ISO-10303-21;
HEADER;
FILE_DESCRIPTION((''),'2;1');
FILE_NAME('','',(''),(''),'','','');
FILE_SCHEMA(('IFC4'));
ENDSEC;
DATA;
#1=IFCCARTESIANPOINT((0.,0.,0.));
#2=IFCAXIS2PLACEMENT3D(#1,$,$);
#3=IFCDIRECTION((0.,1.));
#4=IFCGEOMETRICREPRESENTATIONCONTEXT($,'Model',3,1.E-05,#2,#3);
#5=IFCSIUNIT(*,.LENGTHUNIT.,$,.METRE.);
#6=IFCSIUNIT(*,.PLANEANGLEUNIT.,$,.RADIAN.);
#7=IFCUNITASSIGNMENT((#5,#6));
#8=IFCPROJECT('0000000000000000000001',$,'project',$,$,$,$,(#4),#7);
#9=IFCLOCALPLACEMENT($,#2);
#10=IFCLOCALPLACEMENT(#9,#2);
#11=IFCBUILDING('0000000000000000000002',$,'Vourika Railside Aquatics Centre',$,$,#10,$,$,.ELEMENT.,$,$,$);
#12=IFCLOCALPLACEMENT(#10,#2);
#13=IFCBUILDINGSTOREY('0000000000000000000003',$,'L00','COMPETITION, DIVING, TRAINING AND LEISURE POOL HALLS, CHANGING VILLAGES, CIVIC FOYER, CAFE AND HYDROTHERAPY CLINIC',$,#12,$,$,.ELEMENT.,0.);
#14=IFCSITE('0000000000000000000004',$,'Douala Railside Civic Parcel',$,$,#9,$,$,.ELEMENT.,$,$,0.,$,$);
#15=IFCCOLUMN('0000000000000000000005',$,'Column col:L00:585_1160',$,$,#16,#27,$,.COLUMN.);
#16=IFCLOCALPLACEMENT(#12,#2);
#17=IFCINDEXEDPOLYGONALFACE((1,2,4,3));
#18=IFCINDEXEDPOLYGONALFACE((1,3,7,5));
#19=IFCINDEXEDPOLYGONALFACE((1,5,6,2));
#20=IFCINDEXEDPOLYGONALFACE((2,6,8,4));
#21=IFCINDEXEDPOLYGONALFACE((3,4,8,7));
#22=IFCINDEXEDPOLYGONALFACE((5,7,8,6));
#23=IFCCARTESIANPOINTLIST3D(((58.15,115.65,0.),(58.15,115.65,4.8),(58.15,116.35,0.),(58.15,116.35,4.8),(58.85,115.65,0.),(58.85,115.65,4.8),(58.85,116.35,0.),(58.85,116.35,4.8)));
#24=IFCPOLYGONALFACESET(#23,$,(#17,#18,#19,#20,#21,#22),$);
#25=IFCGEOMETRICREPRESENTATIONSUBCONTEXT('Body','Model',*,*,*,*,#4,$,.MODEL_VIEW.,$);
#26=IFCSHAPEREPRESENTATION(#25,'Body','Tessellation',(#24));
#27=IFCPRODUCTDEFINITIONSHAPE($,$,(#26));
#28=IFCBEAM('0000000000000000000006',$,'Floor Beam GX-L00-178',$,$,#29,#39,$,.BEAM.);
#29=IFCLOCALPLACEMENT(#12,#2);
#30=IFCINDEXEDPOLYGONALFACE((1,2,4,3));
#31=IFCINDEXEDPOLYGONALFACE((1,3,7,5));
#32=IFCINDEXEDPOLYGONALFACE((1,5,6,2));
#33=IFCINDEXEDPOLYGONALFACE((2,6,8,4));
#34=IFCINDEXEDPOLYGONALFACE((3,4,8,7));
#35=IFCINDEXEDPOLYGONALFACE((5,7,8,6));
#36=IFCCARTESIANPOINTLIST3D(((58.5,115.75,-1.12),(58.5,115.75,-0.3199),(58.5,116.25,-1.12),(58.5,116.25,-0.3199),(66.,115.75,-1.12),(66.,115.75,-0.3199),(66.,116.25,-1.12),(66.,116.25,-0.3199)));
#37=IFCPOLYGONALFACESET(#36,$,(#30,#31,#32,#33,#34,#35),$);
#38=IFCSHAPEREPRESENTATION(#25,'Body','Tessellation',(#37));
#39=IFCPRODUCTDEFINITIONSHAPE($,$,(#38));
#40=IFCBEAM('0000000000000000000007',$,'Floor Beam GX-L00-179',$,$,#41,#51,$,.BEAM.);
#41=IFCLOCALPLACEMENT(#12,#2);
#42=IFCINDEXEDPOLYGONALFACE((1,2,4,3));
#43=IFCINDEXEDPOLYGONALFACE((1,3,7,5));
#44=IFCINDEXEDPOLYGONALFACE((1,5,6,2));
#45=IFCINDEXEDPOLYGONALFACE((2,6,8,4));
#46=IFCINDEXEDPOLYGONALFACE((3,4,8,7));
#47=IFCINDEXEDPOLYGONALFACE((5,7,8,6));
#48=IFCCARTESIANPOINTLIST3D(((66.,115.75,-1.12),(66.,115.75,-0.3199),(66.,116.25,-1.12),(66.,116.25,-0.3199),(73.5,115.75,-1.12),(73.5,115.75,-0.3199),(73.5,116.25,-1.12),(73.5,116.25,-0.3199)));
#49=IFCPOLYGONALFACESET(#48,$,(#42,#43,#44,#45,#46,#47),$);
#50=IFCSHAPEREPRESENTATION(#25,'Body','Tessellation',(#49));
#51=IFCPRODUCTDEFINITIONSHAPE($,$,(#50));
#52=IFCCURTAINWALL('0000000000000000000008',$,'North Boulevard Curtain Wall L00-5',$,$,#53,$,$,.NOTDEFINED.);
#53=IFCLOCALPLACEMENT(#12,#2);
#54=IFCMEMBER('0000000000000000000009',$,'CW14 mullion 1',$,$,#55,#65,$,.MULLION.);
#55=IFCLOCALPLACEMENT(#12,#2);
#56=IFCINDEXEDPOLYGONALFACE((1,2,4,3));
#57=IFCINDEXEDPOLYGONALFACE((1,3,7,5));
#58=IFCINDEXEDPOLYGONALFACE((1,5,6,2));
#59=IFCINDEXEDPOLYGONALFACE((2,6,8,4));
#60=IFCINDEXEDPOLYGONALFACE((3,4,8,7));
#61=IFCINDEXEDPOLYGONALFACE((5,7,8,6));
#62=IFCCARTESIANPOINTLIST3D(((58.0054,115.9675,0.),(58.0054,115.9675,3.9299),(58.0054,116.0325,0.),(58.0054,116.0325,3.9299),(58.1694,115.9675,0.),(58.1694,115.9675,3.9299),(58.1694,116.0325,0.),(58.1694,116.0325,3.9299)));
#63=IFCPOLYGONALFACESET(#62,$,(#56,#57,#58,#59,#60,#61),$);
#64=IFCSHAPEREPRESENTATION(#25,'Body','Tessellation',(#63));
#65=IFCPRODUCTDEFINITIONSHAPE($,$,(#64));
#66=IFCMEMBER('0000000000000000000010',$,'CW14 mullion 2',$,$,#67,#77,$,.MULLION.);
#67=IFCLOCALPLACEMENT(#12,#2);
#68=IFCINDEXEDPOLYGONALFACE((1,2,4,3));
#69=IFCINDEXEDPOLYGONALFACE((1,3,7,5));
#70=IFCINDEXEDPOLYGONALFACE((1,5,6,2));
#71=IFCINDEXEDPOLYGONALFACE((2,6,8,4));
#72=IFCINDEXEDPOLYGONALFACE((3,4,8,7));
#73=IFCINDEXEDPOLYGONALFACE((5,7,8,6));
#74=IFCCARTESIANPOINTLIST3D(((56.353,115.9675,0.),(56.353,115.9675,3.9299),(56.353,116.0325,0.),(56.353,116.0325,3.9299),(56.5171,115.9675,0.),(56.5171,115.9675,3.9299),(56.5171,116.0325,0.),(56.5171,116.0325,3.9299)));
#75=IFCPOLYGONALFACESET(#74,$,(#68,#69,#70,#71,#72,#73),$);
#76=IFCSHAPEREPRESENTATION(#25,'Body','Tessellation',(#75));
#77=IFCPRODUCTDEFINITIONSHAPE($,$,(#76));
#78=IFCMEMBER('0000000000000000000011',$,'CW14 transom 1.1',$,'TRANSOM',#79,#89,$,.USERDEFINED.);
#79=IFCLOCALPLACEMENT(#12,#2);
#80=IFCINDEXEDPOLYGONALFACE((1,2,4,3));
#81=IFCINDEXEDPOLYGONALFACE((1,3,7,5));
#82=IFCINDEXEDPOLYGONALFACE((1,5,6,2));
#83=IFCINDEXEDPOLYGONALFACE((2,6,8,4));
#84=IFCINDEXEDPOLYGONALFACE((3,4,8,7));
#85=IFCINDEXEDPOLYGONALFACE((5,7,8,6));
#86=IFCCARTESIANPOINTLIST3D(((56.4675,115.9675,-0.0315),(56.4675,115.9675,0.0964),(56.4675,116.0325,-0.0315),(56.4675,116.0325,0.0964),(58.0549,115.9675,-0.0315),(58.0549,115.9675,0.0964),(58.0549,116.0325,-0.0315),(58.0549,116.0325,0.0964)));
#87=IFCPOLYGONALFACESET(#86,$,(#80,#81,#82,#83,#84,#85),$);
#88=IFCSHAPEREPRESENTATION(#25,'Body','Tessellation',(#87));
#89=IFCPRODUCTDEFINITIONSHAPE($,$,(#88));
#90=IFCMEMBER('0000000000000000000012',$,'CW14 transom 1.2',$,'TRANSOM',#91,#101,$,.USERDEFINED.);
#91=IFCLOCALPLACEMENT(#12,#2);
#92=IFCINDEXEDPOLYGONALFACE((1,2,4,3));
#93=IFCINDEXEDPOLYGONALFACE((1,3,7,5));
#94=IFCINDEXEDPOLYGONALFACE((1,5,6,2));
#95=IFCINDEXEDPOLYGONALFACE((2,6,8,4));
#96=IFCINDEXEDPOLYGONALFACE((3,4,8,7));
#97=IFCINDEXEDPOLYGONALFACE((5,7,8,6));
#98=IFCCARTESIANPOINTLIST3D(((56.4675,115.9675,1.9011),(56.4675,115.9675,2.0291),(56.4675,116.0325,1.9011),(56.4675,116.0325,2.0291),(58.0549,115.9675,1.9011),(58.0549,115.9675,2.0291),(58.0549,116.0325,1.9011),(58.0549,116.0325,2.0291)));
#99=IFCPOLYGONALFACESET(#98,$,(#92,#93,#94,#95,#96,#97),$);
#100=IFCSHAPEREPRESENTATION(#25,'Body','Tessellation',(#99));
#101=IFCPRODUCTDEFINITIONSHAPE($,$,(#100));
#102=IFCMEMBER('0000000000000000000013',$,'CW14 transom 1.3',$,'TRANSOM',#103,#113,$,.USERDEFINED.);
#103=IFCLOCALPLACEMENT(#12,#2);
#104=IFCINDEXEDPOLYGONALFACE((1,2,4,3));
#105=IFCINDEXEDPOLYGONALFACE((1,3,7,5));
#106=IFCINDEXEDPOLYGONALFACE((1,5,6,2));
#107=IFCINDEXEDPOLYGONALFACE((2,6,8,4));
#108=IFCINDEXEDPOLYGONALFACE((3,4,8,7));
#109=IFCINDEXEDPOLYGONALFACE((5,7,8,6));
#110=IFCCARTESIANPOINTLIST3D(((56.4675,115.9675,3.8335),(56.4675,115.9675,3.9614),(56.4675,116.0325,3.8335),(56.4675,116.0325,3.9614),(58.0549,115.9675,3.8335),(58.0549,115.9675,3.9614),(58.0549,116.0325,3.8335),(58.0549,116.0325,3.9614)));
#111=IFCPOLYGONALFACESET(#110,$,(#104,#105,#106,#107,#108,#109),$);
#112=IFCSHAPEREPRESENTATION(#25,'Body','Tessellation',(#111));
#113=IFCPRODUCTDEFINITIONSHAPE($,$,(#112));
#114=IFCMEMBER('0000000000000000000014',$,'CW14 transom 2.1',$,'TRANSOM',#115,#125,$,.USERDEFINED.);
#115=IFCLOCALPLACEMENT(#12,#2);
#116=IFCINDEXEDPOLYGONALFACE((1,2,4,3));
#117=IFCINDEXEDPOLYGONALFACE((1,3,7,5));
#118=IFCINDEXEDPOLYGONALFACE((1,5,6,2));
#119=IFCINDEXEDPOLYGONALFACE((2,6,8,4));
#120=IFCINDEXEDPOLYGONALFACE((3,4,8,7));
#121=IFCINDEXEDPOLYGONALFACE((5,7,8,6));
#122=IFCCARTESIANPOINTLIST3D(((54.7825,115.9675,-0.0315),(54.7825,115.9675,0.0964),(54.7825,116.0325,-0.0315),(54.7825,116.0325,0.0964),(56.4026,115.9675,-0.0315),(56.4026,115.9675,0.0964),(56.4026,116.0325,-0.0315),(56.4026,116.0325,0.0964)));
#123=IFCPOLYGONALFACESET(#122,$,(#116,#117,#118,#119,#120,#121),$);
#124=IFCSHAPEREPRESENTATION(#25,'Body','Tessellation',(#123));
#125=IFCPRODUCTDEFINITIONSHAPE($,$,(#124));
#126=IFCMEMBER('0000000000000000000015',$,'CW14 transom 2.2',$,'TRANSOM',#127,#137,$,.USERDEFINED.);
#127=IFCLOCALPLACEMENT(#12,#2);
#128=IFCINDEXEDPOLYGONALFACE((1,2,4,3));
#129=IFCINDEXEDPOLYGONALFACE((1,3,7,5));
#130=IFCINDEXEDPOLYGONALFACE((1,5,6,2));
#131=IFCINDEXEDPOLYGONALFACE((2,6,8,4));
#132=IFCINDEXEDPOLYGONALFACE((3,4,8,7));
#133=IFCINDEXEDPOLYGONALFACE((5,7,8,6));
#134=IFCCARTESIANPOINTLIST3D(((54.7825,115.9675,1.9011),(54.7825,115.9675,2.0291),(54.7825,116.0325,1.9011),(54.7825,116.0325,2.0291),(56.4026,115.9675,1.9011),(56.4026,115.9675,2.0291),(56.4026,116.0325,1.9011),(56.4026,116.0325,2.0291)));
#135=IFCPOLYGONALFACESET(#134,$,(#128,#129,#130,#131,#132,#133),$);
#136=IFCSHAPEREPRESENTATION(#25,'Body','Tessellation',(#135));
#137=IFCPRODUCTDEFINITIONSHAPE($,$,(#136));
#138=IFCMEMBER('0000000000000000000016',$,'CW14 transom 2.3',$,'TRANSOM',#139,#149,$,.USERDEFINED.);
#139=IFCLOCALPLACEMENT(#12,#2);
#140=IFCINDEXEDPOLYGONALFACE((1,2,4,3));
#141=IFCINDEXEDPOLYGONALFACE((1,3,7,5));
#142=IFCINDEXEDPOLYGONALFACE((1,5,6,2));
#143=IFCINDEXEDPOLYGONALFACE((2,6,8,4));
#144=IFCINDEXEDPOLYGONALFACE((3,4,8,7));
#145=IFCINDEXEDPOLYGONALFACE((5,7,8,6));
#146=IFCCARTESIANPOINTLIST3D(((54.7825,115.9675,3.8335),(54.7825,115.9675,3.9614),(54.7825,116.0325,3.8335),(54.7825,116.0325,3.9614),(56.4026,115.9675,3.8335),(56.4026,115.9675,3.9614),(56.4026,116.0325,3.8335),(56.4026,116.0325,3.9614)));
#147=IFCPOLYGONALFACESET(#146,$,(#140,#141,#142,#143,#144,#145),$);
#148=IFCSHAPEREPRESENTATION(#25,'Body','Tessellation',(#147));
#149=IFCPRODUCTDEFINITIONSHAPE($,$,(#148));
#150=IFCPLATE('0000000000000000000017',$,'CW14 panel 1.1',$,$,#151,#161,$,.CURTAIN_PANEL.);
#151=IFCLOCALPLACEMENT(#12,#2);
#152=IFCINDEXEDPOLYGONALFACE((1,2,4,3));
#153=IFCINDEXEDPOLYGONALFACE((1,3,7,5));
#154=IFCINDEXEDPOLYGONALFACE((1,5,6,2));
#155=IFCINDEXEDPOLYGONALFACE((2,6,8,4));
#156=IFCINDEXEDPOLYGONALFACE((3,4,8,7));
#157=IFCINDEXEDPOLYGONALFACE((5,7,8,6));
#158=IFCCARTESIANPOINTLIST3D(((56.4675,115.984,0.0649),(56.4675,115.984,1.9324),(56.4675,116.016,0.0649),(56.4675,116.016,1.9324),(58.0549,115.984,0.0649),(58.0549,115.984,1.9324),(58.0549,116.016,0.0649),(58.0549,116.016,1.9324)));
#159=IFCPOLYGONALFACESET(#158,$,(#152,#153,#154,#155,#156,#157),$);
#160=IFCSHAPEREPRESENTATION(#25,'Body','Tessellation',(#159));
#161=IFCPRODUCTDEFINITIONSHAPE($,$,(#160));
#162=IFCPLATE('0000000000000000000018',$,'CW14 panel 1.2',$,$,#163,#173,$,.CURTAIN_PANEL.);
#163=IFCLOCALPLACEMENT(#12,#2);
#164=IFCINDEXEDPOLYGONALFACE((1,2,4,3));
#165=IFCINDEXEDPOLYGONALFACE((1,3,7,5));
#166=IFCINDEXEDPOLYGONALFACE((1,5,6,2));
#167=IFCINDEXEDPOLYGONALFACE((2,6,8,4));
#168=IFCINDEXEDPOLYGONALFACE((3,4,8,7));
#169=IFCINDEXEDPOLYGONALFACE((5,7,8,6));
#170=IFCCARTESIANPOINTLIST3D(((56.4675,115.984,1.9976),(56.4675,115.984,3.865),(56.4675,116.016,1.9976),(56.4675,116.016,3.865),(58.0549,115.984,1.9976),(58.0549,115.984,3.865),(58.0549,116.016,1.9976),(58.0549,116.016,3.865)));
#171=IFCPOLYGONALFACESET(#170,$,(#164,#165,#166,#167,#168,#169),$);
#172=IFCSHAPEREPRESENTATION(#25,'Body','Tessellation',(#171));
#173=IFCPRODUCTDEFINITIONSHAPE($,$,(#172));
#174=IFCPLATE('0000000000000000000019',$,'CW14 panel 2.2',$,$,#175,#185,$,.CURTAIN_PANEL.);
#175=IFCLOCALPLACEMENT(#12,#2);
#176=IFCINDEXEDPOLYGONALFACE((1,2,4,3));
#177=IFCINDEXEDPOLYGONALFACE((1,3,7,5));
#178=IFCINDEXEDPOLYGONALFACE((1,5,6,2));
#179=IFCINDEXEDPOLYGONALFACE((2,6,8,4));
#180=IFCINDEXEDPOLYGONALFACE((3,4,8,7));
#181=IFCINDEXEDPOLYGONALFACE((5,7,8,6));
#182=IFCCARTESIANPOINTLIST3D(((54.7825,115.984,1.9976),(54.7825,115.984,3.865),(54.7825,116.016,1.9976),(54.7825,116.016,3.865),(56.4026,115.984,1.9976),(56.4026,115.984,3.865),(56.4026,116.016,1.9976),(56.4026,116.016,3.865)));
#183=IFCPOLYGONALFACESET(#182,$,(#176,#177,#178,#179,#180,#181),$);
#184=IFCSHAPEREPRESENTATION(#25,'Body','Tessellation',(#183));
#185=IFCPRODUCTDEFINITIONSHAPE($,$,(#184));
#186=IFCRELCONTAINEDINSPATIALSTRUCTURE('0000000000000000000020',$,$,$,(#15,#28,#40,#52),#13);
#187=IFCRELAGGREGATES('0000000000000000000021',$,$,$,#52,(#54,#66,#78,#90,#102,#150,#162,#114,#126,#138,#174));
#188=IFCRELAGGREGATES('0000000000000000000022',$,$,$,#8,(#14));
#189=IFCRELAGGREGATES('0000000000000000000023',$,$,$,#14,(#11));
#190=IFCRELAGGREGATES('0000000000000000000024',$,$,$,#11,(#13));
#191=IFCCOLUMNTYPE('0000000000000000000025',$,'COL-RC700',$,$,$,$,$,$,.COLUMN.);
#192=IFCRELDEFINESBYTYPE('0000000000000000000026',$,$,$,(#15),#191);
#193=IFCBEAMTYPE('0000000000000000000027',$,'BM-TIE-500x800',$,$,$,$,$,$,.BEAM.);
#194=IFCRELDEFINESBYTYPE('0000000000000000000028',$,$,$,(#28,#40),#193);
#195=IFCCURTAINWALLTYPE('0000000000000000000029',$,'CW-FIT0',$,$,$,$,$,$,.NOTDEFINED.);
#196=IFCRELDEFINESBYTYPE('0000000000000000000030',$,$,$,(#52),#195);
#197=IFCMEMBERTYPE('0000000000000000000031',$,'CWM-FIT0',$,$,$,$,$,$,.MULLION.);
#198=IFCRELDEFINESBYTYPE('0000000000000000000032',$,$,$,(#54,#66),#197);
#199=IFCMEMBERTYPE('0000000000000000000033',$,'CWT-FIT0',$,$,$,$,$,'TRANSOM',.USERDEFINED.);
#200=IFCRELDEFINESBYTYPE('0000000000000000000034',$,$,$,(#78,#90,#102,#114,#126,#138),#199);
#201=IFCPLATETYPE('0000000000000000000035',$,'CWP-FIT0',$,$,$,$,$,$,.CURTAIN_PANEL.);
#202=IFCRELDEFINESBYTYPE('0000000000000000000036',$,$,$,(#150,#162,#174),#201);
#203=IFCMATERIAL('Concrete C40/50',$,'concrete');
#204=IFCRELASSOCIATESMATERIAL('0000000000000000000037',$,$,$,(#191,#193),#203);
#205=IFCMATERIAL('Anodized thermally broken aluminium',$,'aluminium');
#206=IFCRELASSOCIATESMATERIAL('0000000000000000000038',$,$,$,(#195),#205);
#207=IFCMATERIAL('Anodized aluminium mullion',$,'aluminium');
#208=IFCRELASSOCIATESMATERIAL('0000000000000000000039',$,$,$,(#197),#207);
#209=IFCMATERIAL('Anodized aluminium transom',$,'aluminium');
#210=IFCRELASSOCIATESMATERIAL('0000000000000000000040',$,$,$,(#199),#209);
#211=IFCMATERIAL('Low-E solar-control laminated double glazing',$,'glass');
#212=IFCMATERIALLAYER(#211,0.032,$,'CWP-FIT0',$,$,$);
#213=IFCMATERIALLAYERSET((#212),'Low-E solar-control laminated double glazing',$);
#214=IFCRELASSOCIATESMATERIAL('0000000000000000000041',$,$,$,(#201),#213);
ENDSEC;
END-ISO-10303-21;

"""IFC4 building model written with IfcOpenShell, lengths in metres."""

from ifc_helpers import new_model, si_unit, direction, frame, origin, origin_2d, place, context, subcontext, project, spatial, rectangle, extrude, material, layer, layer_set, material_profile, profile_set, type_object, element, aggregate, save


model = new_model("IFC4")

# Units and contexts
model_context = context("Model", 3, precision=1e-05, world=origin(), true_north=direction((0.0, 1.0)))
body_context = subcontext(model_context, "Body", "Model", "MODEL_VIEW")
ifc_project = project(units=[si_unit("LENGTHUNIT", "METRE"), si_unit("PLANEANGLEUNIT", "RADIAN")], contexts=[model_context])

# Site, building, storey
site_placement = place(None, origin())
site = spatial("IfcSite", under=ifc_project, at=site_placement, Name="Douala Railside Civic Parcel", CompositionType="ELEMENT", RefElevation=0.0)
building_placement = place(site_placement, origin())
building = spatial("IfcBuilding", under=site, at=building_placement, Name="Vourika Railside Aquatics Centre", CompositionType="ELEMENT")
storey_placement = place(building_placement, origin())
storey = spatial("IfcBuildingStorey", under=building, at=storey_placement, Name="L00", Description="COMPETITION, DIVING, TRAINING AND LEISURE POOL HALLS, CHANGING VILLAGES, CIVIC FOYER, CAFE AND HYDROTHERAPY CLINIC", CompositionType="ELEMENT", Elevation=0.0)

# Column
ifc_material_1 = material(Name="Concrete C40/50", Category="concrete")
ifc_material_profile_1 = material_profile(ifc_material_1, rectangle(XDim=0.7, YDim=0.7, at=origin_2d()), Name="RC 700x700")
ifc_profile_set_1 = profile_set([ifc_material_profile_1], Name="Concrete C40/50")
column_type = type_object("IfcColumnType", Name="COL-RC700", PredefinedType="COLUMN", material=ifc_profile_set_1)
column_placement = place(storey_placement, frame((58.5, 116.0, 0.0), z_axis=(0.0, 0.0, 1.0), x_axis=(1.0, 0.0, 0.0)))
element("IfcColumn", 1, at=column_placement, inside=storey, type_object=column_type, Name="Column col:L00:585_1160", PredefinedType="COLUMN", context=body_context, shape_type="SweptSolid", body=[
    extrude(rectangle(XDim=0.7, YDim=0.7, at=origin_2d()), origin(), (0.0, 0.0, 1.0), 4.8),
])

# Beams
ifc_material_profile_2 = material_profile(ifc_material_1, rectangle(XDim=0.5, YDim=0.8, at=origin_2d()), Name="RC 500x800")
ifc_profile_set_2 = profile_set([ifc_material_profile_2], Name="Concrete C40/50")
beam_type = type_object("IfcBeamType", Name="BM-TIE-500x800", PredefinedType="BEAM", material=ifc_profile_set_2)
for number, where, z_axis, x_axis, name in (
    (2, (58.5, 116.0, -0.72), (1.0, 0.0, 0.0), (0.0, 1.0, 0.0), "Floor Beam GX-L00-178"),
    (3, (66.0, 116.0, -0.72), (1.0, 0.0, 0.0), (0.0, 1.0, 0.0), "Floor Beam GX-L00-179"),
):
    element("IfcBeam", number, at=place(storey_placement, frame(where, z_axis=z_axis, x_axis=x_axis)), inside=storey, type_object=beam_type, Name=name, PredefinedType="BEAM", context=body_context, shape_type="SweptSolid", body=[
        extrude(rectangle(XDim=0.5, YDim=0.8, at=origin_2d()), origin(), (0.0, 0.0, 1.0), 7.5),
    ])

# Curtain wall, members, plates
ifc_material_2 = material(Name="Anodized thermally broken aluminium", Category="aluminium")
curtain_wall_type = type_object("IfcCurtainWallType", Name="CW-FIT0", PredefinedType="NOTDEFINED", material=ifc_material_2)
curtain_wall_placement = place(storey_placement, origin())
curtain_wall = element("IfcCurtainWall", 4, at=curtain_wall_placement, inside=storey, type_object=curtain_wall_type, Name="North Boulevard Curtain Wall L00-5", PredefinedType="NOTDEFINED")
ifc_material_3 = material(Name="Anodized aluminium mullion", Category="aluminium")
ifc_material_profile_3 = material_profile(ifc_material_3, rectangle(XDim=0.0649, YDim=0.1641, at=origin_2d()), Name="ALU-M 65x164")
ifc_profile_set_3 = profile_set([ifc_material_profile_3], Name="Anodized aluminium mullion")
member_type_1 = type_object("IfcMemberType", Name="CWM-FIT0", PredefinedType="MULLION", material=ifc_profile_set_3)
member_1_placement = place(storey_placement, frame((58.0874, 116.0, 0.0), z_axis=(0.0, 0.0, 1.0), x_axis=(0.0, -1.0, 0.0)))
member_1 = element("IfcMember", 5, at=member_1_placement, type_object=member_type_1, Name="CW14 mullion 1", PredefinedType="MULLION", context=body_context, shape_type="SweptSolid", body=[
    extrude(rectangle(XDim=0.0649, YDim=0.1641, at=origin_2d()), origin(), (0.0, 0.0, 1.0), 3.9299),
])
member_2_placement = place(storey_placement, frame((56.4351, 116.0, 0.0), z_axis=(0.0, 0.0, 1.0), x_axis=(0.0, -1.0, 0.0)))
member_2 = element("IfcMember", 6, at=member_2_placement, type_object=member_type_1, Name="CW14 mullion 2", PredefinedType="MULLION", context=body_context, shape_type="SweptSolid", body=[
    extrude(rectangle(XDim=0.0649, YDim=0.1641, at=origin_2d()), origin(), (0.0, 0.0, 1.0), 3.9299),
])
ifc_material_4 = material(Name="Anodized aluminium transom", Category="aluminium")
ifc_material_profile_4 = material_profile(ifc_material_4, rectangle(XDim=0.0649, YDim=0.1279, at=origin_2d()), Name="ALU-T 65x128")
ifc_profile_set_4 = profile_set([ifc_material_profile_4], Name="Anodized aluminium transom")
member_type_2 = type_object("IfcMemberType", Name="CWT-FIT0", ElementType="TRANSOM", PredefinedType="USERDEFINED", material=ifc_profile_set_4)
member_3_placement = place(storey_placement, frame((58.0549, 116.0, 0.0325), z_axis=(-1.0, 0.0, 0.0), x_axis=(0.0, -1.0, 0.0)))
member_3 = element("IfcMember", 7, at=member_3_placement, type_object=member_type_2, Name="CW14 transom 1.1", ObjectType="TRANSOM", PredefinedType="USERDEFINED", context=body_context, shape_type="SweptSolid", body=[
    extrude(rectangle(XDim=0.0649, YDim=0.1279, at=origin_2d()), origin(), (0.0, 0.0, 1.0), 1.5874),
])
member_4_placement = place(storey_placement, frame((58.0549, 116.0, 1.9651), z_axis=(-1.0, 0.0, 0.0), x_axis=(0.0, -1.0, 0.0)))
member_4 = element("IfcMember", 8, at=member_4_placement, type_object=member_type_2, Name="CW14 transom 1.2", ObjectType="TRANSOM", PredefinedType="USERDEFINED", context=body_context, shape_type="SweptSolid", body=[
    extrude(rectangle(XDim=0.0649, YDim=0.1279, at=origin_2d()), origin(), (0.0, 0.0, 1.0), 1.5874),
])
member_5_placement = place(storey_placement, frame((58.0549, 116.0, 3.8975), z_axis=(-1.0, 0.0, 0.0), x_axis=(0.0, -1.0, 0.0)))
member_5 = element("IfcMember", 9, at=member_5_placement, type_object=member_type_2, Name="CW14 transom 1.3", ObjectType="TRANSOM", PredefinedType="USERDEFINED", context=body_context, shape_type="SweptSolid", body=[
    extrude(rectangle(XDim=0.0649, YDim=0.1279, at=origin_2d()), origin(), (0.0, 0.0, 1.0), 1.5874),
])
member_6_placement = place(storey_placement, frame((56.4026, 116.0, 0.0325), z_axis=(-1.0, 0.0, 0.0), x_axis=(0.0, -1.0, 0.0)))
member_6 = element("IfcMember", 10, at=member_6_placement, type_object=member_type_2, Name="CW14 transom 2.1", ObjectType="TRANSOM", PredefinedType="USERDEFINED", context=body_context, shape_type="SweptSolid", body=[
    extrude(rectangle(XDim=0.0649, YDim=0.1279, at=origin_2d()), origin(), (0.0, 0.0, 1.0), 1.6201),
])
member_7_placement = place(storey_placement, frame((56.4026, 116.0, 1.9651), z_axis=(-1.0, 0.0, 0.0), x_axis=(0.0, -1.0, 0.0)))
member_7 = element("IfcMember", 11, at=member_7_placement, type_object=member_type_2, Name="CW14 transom 2.2", ObjectType="TRANSOM", PredefinedType="USERDEFINED", context=body_context, shape_type="SweptSolid", body=[
    extrude(rectangle(XDim=0.0649, YDim=0.1279, at=origin_2d()), origin(), (0.0, 0.0, 1.0), 1.6201),
])
member_8_placement = place(storey_placement, frame((56.4026, 116.0, 3.8975), z_axis=(-1.0, 0.0, 0.0), x_axis=(0.0, -1.0, 0.0)))
member_8 = element("IfcMember", 12, at=member_8_placement, type_object=member_type_2, Name="CW14 transom 2.3", ObjectType="TRANSOM", PredefinedType="USERDEFINED", context=body_context, shape_type="SweptSolid", body=[
    extrude(rectangle(XDim=0.0649, YDim=0.1279, at=origin_2d()), origin(), (0.0, 0.0, 1.0), 1.6201),
])
ifc_material_5 = material(Name="Low-E solar-control laminated double glazing", Category="glass")
ifc_layer_1 = layer(ifc_material_5, 0.032, Name="CWP-FIT0")
ifc_layer_set_1 = layer_set([ifc_layer_1], Name="Low-E solar-control laminated double glazing")
plate_type = type_object("IfcPlateType", Name="CWP-FIT0", PredefinedType="CURTAIN_PANEL", material=ifc_layer_set_1)
plate_1_placement = place(storey_placement, frame((57.2612, 116.0, 0.0649), z_axis=(0.0, 0.0, 1.0), x_axis=(-1.0, 0.0, 0.0)))
plate_1 = element("IfcPlate", 13, at=plate_1_placement, type_object=plate_type, Name="CW14 panel 1.1", PredefinedType="CURTAIN_PANEL", context=body_context, shape_type="SweptSolid", body=[
    extrude(rectangle(XDim=1.5874, YDim=0.032, at=origin_2d()), origin(), (0.0, 0.0, 1.0), 1.8674),
])
plate_2_placement = place(storey_placement, frame((57.2612, 116.0, 1.9976), z_axis=(0.0, 0.0, 1.0), x_axis=(-1.0, 0.0, 0.0)))
plate_2 = element("IfcPlate", 14, at=plate_2_placement, type_object=plate_type, Name="CW14 panel 1.2", PredefinedType="CURTAIN_PANEL", context=body_context, shape_type="SweptSolid", body=[
    extrude(rectangle(XDim=1.5874, YDim=0.032, at=origin_2d()), origin(), (0.0, 0.0, 1.0), 1.8674),
])
plate_3_placement = place(storey_placement, frame((55.5925, 116.0, 1.9976), z_axis=(0.0, 0.0, 1.0), x_axis=(-1.0, 0.0, 0.0)))
plate_3 = element("IfcPlate", 15, at=plate_3_placement, type_object=plate_type, Name="CW14 panel 2.2", PredefinedType="CURTAIN_PANEL", context=body_context, shape_type="SweptSolid", body=[
    extrude(rectangle(XDim=1.6201, YDim=0.032, at=origin_2d()), origin(), (0.0, 0.0, 1.0), 1.8674),
])
aggregate(curtain_wall, [member_1, member_2, member_3, member_4, member_5, plate_1, plate_2, member_6, member_7, member_8, plate_3])

save(model, "model.ifc")
